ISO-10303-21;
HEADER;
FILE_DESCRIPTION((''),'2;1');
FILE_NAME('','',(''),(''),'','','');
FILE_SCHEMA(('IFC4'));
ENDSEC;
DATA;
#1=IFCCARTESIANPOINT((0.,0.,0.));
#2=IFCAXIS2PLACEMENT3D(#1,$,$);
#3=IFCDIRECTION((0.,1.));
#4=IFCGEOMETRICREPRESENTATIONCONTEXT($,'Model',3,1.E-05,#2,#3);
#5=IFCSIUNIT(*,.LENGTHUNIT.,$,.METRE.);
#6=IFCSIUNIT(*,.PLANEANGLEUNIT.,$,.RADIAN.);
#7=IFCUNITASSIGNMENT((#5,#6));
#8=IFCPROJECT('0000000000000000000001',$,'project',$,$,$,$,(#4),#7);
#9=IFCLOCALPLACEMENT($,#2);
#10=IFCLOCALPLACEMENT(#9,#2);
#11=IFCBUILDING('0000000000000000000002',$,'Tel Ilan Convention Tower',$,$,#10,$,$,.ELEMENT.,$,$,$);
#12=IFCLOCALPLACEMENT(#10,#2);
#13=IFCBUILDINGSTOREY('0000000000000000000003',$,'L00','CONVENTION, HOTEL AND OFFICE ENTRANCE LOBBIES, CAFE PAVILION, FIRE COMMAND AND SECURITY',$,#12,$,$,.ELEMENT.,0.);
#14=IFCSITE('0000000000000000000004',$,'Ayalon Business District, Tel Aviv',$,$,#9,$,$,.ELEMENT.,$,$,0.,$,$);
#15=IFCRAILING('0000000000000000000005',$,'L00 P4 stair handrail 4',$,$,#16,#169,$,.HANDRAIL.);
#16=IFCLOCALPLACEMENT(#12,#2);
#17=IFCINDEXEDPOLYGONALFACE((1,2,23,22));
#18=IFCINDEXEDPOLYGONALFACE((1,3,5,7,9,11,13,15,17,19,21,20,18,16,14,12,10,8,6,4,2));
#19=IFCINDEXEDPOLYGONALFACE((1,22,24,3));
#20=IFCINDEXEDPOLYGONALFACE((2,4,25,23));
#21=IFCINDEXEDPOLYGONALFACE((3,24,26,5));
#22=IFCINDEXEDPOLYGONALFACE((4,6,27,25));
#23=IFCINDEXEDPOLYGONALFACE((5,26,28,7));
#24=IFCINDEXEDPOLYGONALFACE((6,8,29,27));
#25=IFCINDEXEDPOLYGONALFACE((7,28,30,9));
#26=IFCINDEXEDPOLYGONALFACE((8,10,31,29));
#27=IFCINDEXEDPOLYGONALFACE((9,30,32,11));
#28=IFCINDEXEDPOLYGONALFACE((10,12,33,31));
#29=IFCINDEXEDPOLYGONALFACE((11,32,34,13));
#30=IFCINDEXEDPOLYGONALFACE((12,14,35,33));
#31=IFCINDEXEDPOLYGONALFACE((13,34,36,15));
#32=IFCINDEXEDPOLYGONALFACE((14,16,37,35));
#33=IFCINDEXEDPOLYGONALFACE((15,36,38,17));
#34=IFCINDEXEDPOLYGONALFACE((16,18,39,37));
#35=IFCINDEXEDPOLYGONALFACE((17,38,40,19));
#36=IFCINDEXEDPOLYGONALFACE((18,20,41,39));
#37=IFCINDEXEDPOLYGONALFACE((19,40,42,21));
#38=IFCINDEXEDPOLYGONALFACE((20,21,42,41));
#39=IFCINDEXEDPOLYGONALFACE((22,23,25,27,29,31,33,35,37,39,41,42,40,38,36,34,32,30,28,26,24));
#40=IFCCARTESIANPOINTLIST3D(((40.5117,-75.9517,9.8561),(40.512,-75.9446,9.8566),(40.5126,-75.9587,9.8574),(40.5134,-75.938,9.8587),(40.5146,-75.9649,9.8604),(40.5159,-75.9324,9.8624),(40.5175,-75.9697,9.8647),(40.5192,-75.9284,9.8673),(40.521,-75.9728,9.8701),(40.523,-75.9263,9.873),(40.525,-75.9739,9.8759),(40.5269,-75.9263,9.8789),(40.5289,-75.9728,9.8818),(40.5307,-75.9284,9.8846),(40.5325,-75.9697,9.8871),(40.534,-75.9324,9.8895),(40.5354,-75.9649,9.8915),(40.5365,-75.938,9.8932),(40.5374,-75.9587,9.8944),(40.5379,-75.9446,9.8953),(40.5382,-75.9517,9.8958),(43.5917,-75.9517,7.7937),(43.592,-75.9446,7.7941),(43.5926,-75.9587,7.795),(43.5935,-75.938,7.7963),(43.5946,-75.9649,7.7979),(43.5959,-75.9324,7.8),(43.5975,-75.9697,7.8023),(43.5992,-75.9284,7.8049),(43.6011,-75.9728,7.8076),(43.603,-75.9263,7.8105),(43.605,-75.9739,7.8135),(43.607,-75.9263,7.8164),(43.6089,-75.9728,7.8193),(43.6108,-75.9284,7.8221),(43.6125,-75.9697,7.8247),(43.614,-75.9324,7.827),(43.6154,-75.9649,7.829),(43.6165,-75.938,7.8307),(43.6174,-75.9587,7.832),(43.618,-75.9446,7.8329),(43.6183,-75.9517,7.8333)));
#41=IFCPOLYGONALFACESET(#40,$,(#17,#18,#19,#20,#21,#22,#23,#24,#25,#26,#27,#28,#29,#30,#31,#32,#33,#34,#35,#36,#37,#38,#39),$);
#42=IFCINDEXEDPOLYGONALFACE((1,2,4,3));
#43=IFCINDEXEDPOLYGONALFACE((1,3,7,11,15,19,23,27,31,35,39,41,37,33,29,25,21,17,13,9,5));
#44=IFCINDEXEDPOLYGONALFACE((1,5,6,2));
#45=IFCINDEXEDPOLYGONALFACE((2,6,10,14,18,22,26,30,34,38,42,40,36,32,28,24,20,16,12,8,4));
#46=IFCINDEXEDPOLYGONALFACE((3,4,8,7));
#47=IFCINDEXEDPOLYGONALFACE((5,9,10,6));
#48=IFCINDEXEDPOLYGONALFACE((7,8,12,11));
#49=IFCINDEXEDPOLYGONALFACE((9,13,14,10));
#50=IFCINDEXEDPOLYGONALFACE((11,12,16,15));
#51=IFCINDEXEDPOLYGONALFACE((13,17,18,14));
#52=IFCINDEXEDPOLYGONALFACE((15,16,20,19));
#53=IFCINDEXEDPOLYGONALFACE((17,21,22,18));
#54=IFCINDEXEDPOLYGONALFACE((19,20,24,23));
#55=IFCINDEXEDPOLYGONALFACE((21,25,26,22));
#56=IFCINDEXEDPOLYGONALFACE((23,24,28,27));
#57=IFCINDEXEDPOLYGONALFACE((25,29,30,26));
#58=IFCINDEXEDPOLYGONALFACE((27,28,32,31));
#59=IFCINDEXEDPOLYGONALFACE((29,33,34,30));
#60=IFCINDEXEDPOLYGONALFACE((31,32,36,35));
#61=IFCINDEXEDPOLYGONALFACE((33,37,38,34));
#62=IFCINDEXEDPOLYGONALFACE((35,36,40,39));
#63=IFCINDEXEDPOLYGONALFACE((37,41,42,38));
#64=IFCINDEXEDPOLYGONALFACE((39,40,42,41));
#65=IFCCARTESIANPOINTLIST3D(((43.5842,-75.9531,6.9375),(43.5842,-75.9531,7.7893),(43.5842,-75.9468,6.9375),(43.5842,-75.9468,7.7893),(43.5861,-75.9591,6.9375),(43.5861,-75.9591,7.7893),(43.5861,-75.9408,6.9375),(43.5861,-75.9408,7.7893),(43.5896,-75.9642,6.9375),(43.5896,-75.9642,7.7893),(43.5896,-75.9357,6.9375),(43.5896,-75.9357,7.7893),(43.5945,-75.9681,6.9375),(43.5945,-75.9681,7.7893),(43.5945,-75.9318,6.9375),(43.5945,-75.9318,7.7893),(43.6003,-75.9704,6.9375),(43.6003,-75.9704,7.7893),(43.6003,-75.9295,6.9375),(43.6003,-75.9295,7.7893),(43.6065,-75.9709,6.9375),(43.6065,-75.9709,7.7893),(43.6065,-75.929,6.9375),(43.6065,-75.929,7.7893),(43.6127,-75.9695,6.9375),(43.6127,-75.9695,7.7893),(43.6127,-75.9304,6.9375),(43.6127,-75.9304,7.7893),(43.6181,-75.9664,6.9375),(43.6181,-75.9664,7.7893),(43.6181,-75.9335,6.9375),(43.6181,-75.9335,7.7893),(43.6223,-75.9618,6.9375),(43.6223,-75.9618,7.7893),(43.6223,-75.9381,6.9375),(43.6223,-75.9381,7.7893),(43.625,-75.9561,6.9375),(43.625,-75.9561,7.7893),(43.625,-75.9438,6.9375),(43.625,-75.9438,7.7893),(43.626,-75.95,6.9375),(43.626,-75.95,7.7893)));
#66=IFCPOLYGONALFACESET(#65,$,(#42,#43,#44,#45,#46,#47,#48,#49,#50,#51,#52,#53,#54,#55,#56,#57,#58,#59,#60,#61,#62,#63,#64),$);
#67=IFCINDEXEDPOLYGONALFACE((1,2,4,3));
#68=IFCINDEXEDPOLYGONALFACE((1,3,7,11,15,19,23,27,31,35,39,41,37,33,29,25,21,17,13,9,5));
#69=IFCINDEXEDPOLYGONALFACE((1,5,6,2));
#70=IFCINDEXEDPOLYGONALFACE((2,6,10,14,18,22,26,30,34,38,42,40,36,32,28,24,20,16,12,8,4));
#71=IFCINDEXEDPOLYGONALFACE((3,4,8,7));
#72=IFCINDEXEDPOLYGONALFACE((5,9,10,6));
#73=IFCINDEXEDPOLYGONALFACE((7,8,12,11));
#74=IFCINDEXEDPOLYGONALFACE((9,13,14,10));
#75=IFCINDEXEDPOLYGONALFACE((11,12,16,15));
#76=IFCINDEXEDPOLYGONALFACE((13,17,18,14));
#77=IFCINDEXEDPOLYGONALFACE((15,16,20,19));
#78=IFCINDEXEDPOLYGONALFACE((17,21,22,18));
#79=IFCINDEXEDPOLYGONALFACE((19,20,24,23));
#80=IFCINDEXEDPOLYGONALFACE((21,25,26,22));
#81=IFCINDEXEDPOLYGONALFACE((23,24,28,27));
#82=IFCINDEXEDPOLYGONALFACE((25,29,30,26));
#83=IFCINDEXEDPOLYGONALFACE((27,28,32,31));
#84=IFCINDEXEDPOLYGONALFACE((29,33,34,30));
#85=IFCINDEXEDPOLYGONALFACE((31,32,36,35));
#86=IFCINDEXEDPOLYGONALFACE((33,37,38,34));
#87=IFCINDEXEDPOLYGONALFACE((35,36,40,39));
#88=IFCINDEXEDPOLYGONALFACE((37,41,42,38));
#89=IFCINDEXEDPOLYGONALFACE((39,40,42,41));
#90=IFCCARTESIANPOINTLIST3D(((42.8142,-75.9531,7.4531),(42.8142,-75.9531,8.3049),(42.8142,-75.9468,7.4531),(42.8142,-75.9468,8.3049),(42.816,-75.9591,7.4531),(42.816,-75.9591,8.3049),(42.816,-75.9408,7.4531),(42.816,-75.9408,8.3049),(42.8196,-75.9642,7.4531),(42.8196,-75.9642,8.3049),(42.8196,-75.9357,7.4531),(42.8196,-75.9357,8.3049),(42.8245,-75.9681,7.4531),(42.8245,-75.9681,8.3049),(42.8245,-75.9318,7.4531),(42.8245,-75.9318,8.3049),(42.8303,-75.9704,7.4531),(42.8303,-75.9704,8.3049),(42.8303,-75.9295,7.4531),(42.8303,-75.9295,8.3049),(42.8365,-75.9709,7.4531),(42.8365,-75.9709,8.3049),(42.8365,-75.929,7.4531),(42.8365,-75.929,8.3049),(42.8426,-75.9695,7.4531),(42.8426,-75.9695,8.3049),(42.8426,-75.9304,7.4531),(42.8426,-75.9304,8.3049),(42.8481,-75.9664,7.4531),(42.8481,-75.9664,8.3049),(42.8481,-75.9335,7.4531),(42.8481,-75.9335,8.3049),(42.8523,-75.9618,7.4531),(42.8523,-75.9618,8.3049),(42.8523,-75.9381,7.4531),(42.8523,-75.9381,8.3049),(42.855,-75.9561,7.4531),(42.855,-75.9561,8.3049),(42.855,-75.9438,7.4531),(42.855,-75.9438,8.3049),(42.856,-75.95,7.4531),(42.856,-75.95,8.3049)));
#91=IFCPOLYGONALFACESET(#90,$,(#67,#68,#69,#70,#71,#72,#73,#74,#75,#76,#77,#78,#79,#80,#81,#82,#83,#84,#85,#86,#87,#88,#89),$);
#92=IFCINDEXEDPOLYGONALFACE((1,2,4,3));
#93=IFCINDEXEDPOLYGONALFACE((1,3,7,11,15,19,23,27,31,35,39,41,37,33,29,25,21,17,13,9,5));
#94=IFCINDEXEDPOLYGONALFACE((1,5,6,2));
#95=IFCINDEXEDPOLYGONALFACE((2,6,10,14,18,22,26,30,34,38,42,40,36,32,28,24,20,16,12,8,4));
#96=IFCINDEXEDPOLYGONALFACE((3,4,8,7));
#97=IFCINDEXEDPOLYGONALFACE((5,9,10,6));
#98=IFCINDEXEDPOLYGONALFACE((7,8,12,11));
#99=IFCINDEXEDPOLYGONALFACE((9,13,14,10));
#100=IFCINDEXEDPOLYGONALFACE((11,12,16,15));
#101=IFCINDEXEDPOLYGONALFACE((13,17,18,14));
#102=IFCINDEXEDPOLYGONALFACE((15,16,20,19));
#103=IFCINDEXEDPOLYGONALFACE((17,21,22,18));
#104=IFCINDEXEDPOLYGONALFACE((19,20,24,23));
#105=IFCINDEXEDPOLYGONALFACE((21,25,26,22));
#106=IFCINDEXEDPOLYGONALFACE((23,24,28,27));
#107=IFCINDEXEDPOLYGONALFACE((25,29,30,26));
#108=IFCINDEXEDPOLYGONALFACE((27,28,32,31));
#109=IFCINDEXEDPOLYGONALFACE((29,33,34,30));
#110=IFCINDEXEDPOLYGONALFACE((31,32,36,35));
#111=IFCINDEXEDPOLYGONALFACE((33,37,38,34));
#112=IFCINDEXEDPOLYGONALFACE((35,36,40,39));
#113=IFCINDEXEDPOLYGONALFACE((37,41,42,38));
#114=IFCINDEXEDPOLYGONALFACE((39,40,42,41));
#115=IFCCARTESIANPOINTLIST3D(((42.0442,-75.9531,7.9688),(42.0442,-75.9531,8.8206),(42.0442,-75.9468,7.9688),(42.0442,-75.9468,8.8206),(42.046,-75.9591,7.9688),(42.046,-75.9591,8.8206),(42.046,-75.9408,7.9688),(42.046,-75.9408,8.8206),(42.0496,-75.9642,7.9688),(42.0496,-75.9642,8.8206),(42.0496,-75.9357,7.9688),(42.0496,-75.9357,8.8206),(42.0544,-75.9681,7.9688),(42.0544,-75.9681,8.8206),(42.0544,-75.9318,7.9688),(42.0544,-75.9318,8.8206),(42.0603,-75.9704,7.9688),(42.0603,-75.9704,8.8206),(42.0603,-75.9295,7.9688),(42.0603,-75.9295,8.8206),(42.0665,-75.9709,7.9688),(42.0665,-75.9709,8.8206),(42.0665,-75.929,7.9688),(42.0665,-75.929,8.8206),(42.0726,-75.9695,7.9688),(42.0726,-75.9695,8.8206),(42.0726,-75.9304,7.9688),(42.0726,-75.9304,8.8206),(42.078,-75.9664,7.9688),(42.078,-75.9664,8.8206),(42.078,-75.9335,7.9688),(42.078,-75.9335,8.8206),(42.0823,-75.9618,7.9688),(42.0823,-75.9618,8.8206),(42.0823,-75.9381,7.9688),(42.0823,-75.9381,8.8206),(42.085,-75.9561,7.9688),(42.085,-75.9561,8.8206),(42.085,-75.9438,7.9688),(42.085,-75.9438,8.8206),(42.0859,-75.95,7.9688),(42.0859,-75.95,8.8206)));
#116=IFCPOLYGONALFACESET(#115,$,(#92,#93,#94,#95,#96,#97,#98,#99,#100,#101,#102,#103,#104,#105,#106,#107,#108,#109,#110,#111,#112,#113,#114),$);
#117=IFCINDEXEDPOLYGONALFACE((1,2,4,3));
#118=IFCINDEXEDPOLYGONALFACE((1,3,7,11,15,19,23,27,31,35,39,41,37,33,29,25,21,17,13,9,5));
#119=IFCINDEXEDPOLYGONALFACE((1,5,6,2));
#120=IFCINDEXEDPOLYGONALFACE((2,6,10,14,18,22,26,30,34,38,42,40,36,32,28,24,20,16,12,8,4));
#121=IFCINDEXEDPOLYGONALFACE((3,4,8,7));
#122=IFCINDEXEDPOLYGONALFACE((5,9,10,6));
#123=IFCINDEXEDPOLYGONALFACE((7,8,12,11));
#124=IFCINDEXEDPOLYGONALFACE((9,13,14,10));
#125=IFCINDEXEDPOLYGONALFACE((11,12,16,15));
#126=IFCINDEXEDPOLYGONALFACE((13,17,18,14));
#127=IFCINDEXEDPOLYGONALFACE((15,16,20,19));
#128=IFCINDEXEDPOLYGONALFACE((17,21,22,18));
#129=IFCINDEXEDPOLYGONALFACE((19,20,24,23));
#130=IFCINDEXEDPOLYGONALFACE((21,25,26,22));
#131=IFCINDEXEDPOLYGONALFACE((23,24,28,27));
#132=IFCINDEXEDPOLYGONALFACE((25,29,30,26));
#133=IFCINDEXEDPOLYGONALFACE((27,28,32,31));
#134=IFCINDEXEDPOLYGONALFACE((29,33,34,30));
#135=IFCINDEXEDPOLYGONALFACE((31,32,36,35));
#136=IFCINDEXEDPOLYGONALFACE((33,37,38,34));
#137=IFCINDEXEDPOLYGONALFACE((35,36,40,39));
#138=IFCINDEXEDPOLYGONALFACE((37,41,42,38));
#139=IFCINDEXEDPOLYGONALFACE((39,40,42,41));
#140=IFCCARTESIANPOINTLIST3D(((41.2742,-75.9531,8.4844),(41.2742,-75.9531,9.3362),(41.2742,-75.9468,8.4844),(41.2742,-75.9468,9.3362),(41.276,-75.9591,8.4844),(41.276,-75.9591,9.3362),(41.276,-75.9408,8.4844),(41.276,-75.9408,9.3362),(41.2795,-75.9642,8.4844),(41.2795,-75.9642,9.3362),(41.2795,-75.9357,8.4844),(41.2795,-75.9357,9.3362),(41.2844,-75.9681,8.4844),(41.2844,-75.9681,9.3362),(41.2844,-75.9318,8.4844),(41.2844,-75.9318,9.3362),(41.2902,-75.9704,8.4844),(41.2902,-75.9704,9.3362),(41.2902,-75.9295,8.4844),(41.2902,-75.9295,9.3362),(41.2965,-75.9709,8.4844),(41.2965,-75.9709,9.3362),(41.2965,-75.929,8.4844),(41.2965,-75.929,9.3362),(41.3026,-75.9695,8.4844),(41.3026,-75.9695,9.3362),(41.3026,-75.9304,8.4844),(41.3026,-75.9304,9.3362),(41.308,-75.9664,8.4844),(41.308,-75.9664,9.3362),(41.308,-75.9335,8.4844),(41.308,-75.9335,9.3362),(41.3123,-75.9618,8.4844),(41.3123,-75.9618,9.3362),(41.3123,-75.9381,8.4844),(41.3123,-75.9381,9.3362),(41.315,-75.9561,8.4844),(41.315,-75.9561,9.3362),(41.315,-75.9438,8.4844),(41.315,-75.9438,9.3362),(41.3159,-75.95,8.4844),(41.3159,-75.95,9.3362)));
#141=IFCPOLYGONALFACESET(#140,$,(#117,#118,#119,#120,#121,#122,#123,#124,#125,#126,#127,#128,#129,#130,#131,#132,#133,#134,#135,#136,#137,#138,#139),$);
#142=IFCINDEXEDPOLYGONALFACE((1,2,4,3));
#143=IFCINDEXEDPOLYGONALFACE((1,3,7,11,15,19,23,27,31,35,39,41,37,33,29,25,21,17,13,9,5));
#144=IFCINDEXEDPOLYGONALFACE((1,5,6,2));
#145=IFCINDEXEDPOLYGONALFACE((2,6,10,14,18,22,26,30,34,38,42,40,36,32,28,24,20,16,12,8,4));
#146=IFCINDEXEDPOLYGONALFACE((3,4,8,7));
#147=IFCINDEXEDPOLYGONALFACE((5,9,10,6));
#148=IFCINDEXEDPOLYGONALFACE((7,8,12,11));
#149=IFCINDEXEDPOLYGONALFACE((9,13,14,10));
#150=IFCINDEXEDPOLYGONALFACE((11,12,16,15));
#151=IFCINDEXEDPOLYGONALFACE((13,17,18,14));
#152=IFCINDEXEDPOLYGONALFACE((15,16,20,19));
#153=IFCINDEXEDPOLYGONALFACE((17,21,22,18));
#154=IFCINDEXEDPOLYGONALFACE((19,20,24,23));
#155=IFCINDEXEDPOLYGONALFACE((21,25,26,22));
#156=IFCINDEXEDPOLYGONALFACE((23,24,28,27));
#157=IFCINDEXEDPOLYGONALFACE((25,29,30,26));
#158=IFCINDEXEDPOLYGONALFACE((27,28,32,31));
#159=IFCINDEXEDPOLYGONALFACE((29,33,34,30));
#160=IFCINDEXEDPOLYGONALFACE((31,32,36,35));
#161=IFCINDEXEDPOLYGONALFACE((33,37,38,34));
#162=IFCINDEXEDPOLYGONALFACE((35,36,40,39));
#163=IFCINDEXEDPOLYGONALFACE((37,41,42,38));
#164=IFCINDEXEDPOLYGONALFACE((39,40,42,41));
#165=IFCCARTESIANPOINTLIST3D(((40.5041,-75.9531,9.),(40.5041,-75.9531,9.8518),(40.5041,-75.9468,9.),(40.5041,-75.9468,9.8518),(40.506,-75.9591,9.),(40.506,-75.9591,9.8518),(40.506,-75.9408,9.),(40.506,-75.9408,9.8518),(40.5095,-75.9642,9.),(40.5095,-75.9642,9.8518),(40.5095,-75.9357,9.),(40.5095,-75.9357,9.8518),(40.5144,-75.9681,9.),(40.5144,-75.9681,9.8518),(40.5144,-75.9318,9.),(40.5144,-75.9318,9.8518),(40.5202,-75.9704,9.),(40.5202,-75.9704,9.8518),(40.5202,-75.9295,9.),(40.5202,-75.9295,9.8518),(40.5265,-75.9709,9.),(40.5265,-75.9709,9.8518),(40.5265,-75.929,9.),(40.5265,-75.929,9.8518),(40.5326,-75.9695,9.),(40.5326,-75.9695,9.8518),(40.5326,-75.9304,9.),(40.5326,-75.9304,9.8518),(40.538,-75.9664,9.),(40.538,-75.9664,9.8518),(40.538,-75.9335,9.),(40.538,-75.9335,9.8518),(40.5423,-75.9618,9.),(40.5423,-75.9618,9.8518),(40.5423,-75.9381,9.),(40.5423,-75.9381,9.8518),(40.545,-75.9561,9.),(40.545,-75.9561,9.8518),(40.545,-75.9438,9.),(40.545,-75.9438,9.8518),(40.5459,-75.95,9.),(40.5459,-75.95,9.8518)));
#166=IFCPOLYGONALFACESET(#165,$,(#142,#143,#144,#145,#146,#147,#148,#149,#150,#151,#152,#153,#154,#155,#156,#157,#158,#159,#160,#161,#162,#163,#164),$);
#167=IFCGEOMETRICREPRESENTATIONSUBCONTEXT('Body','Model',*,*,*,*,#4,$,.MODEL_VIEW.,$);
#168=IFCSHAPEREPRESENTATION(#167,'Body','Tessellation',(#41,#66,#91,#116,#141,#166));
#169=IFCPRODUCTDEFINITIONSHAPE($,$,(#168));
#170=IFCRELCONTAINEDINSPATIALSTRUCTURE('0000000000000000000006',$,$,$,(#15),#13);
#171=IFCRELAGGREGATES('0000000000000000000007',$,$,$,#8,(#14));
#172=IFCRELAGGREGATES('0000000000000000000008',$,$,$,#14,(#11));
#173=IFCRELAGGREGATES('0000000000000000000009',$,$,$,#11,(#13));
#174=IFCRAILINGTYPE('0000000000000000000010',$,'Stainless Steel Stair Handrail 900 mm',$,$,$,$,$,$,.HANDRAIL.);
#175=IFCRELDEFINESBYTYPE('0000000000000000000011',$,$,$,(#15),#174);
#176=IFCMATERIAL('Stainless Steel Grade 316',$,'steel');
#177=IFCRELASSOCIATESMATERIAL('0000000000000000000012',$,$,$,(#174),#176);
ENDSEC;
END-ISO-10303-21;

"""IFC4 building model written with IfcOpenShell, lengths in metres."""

from ifc_helpers import new_model, si_unit, direction, frame, origin, origin_2d, place, context, subcontext, project, spatial, circle, extrude, material, type_object, element, save


model = new_model("IFC4")

# Units and contexts
model_context = context("Model", 3, precision=1e-05, world=origin(), true_north=direction((0.0, 1.0)))
body_context = subcontext(model_context, "Body", "Model", "MODEL_VIEW")
ifc_project = project(units=[si_unit("LENGTHUNIT", "METRE"), si_unit("PLANEANGLEUNIT", "RADIAN")], contexts=[model_context])

# Site, building, storey
site_placement = place(None, origin())
site = spatial("IfcSite", under=ifc_project, at=site_placement, Name="Ayalon Business District, Tel Aviv", CompositionType="ELEMENT", RefElevation=0.0)
building_placement = place(site_placement, origin())
building = spatial("IfcBuilding", under=site, at=building_placement, Name="Tel Ilan Convention Tower", CompositionType="ELEMENT")
storey_placement = place(building_placement, origin())
storey = spatial("IfcBuildingStorey", under=building, at=storey_placement, Name="L00", Description="CONVENTION, HOTEL AND OFFICE ENTRANCE LOBBIES, CAFE PAVILION, FIRE COMMAND AND SECURITY", CompositionType="ELEMENT", Elevation=0.0)

# Railing
ifc_material_1 = material(Name="Stainless Steel Grade 316", Category="steel")
railing_type_1 = type_object("IfcRailingType", Name="Stainless Steel Stair Handrail 900 mm", PredefinedType="HANDRAIL", material=ifc_material_1)
railing_1_placement = place(storey_placement, frame((43.605, -75.95, 6.9375)))
element("IfcRailing", 1, at=railing_1_placement, inside=storey, type_object=railing_type_1, Name="L00 P4 stair handrail 4", PredefinedType="HANDRAIL", context=body_context, shape_type="SweptSolid", body=[
    extrude(circle(Radius=0.0239, at=origin_2d()), frame((0.0, 0.0, 0.876), z_axis=(-0.830914, 0.0, 0.556401), x_axis=(0.0, -1.0, 0.0)), (0.0, 0.0, 1.0), 3.7068),
    extrude(circle(Radius=0.021, at=origin_2d()), origin(), (0.0, 0.0, 1.0), 0.8518),
    extrude(circle(Radius=0.021, at=origin_2d()), frame((-0.77, 0.0, 0.5156)), (0.0, 0.0, 1.0), 0.8518),
    extrude(circle(Radius=0.021, at=origin_2d()), frame((-1.54, 0.0, 1.0312)), (0.0, 0.0, 1.0), 0.8518),
    extrude(circle(Radius=0.021, at=origin_2d()), frame((-2.3101, 0.0, 1.5469)), (0.0, 0.0, 1.0), 0.8518),
    extrude(circle(Radius=0.021, at=origin_2d()), frame((-3.0801, 0.0, 2.0625)), (0.0, 0.0, 1.0), 0.8518),
])

save(model, "model.ifc")
